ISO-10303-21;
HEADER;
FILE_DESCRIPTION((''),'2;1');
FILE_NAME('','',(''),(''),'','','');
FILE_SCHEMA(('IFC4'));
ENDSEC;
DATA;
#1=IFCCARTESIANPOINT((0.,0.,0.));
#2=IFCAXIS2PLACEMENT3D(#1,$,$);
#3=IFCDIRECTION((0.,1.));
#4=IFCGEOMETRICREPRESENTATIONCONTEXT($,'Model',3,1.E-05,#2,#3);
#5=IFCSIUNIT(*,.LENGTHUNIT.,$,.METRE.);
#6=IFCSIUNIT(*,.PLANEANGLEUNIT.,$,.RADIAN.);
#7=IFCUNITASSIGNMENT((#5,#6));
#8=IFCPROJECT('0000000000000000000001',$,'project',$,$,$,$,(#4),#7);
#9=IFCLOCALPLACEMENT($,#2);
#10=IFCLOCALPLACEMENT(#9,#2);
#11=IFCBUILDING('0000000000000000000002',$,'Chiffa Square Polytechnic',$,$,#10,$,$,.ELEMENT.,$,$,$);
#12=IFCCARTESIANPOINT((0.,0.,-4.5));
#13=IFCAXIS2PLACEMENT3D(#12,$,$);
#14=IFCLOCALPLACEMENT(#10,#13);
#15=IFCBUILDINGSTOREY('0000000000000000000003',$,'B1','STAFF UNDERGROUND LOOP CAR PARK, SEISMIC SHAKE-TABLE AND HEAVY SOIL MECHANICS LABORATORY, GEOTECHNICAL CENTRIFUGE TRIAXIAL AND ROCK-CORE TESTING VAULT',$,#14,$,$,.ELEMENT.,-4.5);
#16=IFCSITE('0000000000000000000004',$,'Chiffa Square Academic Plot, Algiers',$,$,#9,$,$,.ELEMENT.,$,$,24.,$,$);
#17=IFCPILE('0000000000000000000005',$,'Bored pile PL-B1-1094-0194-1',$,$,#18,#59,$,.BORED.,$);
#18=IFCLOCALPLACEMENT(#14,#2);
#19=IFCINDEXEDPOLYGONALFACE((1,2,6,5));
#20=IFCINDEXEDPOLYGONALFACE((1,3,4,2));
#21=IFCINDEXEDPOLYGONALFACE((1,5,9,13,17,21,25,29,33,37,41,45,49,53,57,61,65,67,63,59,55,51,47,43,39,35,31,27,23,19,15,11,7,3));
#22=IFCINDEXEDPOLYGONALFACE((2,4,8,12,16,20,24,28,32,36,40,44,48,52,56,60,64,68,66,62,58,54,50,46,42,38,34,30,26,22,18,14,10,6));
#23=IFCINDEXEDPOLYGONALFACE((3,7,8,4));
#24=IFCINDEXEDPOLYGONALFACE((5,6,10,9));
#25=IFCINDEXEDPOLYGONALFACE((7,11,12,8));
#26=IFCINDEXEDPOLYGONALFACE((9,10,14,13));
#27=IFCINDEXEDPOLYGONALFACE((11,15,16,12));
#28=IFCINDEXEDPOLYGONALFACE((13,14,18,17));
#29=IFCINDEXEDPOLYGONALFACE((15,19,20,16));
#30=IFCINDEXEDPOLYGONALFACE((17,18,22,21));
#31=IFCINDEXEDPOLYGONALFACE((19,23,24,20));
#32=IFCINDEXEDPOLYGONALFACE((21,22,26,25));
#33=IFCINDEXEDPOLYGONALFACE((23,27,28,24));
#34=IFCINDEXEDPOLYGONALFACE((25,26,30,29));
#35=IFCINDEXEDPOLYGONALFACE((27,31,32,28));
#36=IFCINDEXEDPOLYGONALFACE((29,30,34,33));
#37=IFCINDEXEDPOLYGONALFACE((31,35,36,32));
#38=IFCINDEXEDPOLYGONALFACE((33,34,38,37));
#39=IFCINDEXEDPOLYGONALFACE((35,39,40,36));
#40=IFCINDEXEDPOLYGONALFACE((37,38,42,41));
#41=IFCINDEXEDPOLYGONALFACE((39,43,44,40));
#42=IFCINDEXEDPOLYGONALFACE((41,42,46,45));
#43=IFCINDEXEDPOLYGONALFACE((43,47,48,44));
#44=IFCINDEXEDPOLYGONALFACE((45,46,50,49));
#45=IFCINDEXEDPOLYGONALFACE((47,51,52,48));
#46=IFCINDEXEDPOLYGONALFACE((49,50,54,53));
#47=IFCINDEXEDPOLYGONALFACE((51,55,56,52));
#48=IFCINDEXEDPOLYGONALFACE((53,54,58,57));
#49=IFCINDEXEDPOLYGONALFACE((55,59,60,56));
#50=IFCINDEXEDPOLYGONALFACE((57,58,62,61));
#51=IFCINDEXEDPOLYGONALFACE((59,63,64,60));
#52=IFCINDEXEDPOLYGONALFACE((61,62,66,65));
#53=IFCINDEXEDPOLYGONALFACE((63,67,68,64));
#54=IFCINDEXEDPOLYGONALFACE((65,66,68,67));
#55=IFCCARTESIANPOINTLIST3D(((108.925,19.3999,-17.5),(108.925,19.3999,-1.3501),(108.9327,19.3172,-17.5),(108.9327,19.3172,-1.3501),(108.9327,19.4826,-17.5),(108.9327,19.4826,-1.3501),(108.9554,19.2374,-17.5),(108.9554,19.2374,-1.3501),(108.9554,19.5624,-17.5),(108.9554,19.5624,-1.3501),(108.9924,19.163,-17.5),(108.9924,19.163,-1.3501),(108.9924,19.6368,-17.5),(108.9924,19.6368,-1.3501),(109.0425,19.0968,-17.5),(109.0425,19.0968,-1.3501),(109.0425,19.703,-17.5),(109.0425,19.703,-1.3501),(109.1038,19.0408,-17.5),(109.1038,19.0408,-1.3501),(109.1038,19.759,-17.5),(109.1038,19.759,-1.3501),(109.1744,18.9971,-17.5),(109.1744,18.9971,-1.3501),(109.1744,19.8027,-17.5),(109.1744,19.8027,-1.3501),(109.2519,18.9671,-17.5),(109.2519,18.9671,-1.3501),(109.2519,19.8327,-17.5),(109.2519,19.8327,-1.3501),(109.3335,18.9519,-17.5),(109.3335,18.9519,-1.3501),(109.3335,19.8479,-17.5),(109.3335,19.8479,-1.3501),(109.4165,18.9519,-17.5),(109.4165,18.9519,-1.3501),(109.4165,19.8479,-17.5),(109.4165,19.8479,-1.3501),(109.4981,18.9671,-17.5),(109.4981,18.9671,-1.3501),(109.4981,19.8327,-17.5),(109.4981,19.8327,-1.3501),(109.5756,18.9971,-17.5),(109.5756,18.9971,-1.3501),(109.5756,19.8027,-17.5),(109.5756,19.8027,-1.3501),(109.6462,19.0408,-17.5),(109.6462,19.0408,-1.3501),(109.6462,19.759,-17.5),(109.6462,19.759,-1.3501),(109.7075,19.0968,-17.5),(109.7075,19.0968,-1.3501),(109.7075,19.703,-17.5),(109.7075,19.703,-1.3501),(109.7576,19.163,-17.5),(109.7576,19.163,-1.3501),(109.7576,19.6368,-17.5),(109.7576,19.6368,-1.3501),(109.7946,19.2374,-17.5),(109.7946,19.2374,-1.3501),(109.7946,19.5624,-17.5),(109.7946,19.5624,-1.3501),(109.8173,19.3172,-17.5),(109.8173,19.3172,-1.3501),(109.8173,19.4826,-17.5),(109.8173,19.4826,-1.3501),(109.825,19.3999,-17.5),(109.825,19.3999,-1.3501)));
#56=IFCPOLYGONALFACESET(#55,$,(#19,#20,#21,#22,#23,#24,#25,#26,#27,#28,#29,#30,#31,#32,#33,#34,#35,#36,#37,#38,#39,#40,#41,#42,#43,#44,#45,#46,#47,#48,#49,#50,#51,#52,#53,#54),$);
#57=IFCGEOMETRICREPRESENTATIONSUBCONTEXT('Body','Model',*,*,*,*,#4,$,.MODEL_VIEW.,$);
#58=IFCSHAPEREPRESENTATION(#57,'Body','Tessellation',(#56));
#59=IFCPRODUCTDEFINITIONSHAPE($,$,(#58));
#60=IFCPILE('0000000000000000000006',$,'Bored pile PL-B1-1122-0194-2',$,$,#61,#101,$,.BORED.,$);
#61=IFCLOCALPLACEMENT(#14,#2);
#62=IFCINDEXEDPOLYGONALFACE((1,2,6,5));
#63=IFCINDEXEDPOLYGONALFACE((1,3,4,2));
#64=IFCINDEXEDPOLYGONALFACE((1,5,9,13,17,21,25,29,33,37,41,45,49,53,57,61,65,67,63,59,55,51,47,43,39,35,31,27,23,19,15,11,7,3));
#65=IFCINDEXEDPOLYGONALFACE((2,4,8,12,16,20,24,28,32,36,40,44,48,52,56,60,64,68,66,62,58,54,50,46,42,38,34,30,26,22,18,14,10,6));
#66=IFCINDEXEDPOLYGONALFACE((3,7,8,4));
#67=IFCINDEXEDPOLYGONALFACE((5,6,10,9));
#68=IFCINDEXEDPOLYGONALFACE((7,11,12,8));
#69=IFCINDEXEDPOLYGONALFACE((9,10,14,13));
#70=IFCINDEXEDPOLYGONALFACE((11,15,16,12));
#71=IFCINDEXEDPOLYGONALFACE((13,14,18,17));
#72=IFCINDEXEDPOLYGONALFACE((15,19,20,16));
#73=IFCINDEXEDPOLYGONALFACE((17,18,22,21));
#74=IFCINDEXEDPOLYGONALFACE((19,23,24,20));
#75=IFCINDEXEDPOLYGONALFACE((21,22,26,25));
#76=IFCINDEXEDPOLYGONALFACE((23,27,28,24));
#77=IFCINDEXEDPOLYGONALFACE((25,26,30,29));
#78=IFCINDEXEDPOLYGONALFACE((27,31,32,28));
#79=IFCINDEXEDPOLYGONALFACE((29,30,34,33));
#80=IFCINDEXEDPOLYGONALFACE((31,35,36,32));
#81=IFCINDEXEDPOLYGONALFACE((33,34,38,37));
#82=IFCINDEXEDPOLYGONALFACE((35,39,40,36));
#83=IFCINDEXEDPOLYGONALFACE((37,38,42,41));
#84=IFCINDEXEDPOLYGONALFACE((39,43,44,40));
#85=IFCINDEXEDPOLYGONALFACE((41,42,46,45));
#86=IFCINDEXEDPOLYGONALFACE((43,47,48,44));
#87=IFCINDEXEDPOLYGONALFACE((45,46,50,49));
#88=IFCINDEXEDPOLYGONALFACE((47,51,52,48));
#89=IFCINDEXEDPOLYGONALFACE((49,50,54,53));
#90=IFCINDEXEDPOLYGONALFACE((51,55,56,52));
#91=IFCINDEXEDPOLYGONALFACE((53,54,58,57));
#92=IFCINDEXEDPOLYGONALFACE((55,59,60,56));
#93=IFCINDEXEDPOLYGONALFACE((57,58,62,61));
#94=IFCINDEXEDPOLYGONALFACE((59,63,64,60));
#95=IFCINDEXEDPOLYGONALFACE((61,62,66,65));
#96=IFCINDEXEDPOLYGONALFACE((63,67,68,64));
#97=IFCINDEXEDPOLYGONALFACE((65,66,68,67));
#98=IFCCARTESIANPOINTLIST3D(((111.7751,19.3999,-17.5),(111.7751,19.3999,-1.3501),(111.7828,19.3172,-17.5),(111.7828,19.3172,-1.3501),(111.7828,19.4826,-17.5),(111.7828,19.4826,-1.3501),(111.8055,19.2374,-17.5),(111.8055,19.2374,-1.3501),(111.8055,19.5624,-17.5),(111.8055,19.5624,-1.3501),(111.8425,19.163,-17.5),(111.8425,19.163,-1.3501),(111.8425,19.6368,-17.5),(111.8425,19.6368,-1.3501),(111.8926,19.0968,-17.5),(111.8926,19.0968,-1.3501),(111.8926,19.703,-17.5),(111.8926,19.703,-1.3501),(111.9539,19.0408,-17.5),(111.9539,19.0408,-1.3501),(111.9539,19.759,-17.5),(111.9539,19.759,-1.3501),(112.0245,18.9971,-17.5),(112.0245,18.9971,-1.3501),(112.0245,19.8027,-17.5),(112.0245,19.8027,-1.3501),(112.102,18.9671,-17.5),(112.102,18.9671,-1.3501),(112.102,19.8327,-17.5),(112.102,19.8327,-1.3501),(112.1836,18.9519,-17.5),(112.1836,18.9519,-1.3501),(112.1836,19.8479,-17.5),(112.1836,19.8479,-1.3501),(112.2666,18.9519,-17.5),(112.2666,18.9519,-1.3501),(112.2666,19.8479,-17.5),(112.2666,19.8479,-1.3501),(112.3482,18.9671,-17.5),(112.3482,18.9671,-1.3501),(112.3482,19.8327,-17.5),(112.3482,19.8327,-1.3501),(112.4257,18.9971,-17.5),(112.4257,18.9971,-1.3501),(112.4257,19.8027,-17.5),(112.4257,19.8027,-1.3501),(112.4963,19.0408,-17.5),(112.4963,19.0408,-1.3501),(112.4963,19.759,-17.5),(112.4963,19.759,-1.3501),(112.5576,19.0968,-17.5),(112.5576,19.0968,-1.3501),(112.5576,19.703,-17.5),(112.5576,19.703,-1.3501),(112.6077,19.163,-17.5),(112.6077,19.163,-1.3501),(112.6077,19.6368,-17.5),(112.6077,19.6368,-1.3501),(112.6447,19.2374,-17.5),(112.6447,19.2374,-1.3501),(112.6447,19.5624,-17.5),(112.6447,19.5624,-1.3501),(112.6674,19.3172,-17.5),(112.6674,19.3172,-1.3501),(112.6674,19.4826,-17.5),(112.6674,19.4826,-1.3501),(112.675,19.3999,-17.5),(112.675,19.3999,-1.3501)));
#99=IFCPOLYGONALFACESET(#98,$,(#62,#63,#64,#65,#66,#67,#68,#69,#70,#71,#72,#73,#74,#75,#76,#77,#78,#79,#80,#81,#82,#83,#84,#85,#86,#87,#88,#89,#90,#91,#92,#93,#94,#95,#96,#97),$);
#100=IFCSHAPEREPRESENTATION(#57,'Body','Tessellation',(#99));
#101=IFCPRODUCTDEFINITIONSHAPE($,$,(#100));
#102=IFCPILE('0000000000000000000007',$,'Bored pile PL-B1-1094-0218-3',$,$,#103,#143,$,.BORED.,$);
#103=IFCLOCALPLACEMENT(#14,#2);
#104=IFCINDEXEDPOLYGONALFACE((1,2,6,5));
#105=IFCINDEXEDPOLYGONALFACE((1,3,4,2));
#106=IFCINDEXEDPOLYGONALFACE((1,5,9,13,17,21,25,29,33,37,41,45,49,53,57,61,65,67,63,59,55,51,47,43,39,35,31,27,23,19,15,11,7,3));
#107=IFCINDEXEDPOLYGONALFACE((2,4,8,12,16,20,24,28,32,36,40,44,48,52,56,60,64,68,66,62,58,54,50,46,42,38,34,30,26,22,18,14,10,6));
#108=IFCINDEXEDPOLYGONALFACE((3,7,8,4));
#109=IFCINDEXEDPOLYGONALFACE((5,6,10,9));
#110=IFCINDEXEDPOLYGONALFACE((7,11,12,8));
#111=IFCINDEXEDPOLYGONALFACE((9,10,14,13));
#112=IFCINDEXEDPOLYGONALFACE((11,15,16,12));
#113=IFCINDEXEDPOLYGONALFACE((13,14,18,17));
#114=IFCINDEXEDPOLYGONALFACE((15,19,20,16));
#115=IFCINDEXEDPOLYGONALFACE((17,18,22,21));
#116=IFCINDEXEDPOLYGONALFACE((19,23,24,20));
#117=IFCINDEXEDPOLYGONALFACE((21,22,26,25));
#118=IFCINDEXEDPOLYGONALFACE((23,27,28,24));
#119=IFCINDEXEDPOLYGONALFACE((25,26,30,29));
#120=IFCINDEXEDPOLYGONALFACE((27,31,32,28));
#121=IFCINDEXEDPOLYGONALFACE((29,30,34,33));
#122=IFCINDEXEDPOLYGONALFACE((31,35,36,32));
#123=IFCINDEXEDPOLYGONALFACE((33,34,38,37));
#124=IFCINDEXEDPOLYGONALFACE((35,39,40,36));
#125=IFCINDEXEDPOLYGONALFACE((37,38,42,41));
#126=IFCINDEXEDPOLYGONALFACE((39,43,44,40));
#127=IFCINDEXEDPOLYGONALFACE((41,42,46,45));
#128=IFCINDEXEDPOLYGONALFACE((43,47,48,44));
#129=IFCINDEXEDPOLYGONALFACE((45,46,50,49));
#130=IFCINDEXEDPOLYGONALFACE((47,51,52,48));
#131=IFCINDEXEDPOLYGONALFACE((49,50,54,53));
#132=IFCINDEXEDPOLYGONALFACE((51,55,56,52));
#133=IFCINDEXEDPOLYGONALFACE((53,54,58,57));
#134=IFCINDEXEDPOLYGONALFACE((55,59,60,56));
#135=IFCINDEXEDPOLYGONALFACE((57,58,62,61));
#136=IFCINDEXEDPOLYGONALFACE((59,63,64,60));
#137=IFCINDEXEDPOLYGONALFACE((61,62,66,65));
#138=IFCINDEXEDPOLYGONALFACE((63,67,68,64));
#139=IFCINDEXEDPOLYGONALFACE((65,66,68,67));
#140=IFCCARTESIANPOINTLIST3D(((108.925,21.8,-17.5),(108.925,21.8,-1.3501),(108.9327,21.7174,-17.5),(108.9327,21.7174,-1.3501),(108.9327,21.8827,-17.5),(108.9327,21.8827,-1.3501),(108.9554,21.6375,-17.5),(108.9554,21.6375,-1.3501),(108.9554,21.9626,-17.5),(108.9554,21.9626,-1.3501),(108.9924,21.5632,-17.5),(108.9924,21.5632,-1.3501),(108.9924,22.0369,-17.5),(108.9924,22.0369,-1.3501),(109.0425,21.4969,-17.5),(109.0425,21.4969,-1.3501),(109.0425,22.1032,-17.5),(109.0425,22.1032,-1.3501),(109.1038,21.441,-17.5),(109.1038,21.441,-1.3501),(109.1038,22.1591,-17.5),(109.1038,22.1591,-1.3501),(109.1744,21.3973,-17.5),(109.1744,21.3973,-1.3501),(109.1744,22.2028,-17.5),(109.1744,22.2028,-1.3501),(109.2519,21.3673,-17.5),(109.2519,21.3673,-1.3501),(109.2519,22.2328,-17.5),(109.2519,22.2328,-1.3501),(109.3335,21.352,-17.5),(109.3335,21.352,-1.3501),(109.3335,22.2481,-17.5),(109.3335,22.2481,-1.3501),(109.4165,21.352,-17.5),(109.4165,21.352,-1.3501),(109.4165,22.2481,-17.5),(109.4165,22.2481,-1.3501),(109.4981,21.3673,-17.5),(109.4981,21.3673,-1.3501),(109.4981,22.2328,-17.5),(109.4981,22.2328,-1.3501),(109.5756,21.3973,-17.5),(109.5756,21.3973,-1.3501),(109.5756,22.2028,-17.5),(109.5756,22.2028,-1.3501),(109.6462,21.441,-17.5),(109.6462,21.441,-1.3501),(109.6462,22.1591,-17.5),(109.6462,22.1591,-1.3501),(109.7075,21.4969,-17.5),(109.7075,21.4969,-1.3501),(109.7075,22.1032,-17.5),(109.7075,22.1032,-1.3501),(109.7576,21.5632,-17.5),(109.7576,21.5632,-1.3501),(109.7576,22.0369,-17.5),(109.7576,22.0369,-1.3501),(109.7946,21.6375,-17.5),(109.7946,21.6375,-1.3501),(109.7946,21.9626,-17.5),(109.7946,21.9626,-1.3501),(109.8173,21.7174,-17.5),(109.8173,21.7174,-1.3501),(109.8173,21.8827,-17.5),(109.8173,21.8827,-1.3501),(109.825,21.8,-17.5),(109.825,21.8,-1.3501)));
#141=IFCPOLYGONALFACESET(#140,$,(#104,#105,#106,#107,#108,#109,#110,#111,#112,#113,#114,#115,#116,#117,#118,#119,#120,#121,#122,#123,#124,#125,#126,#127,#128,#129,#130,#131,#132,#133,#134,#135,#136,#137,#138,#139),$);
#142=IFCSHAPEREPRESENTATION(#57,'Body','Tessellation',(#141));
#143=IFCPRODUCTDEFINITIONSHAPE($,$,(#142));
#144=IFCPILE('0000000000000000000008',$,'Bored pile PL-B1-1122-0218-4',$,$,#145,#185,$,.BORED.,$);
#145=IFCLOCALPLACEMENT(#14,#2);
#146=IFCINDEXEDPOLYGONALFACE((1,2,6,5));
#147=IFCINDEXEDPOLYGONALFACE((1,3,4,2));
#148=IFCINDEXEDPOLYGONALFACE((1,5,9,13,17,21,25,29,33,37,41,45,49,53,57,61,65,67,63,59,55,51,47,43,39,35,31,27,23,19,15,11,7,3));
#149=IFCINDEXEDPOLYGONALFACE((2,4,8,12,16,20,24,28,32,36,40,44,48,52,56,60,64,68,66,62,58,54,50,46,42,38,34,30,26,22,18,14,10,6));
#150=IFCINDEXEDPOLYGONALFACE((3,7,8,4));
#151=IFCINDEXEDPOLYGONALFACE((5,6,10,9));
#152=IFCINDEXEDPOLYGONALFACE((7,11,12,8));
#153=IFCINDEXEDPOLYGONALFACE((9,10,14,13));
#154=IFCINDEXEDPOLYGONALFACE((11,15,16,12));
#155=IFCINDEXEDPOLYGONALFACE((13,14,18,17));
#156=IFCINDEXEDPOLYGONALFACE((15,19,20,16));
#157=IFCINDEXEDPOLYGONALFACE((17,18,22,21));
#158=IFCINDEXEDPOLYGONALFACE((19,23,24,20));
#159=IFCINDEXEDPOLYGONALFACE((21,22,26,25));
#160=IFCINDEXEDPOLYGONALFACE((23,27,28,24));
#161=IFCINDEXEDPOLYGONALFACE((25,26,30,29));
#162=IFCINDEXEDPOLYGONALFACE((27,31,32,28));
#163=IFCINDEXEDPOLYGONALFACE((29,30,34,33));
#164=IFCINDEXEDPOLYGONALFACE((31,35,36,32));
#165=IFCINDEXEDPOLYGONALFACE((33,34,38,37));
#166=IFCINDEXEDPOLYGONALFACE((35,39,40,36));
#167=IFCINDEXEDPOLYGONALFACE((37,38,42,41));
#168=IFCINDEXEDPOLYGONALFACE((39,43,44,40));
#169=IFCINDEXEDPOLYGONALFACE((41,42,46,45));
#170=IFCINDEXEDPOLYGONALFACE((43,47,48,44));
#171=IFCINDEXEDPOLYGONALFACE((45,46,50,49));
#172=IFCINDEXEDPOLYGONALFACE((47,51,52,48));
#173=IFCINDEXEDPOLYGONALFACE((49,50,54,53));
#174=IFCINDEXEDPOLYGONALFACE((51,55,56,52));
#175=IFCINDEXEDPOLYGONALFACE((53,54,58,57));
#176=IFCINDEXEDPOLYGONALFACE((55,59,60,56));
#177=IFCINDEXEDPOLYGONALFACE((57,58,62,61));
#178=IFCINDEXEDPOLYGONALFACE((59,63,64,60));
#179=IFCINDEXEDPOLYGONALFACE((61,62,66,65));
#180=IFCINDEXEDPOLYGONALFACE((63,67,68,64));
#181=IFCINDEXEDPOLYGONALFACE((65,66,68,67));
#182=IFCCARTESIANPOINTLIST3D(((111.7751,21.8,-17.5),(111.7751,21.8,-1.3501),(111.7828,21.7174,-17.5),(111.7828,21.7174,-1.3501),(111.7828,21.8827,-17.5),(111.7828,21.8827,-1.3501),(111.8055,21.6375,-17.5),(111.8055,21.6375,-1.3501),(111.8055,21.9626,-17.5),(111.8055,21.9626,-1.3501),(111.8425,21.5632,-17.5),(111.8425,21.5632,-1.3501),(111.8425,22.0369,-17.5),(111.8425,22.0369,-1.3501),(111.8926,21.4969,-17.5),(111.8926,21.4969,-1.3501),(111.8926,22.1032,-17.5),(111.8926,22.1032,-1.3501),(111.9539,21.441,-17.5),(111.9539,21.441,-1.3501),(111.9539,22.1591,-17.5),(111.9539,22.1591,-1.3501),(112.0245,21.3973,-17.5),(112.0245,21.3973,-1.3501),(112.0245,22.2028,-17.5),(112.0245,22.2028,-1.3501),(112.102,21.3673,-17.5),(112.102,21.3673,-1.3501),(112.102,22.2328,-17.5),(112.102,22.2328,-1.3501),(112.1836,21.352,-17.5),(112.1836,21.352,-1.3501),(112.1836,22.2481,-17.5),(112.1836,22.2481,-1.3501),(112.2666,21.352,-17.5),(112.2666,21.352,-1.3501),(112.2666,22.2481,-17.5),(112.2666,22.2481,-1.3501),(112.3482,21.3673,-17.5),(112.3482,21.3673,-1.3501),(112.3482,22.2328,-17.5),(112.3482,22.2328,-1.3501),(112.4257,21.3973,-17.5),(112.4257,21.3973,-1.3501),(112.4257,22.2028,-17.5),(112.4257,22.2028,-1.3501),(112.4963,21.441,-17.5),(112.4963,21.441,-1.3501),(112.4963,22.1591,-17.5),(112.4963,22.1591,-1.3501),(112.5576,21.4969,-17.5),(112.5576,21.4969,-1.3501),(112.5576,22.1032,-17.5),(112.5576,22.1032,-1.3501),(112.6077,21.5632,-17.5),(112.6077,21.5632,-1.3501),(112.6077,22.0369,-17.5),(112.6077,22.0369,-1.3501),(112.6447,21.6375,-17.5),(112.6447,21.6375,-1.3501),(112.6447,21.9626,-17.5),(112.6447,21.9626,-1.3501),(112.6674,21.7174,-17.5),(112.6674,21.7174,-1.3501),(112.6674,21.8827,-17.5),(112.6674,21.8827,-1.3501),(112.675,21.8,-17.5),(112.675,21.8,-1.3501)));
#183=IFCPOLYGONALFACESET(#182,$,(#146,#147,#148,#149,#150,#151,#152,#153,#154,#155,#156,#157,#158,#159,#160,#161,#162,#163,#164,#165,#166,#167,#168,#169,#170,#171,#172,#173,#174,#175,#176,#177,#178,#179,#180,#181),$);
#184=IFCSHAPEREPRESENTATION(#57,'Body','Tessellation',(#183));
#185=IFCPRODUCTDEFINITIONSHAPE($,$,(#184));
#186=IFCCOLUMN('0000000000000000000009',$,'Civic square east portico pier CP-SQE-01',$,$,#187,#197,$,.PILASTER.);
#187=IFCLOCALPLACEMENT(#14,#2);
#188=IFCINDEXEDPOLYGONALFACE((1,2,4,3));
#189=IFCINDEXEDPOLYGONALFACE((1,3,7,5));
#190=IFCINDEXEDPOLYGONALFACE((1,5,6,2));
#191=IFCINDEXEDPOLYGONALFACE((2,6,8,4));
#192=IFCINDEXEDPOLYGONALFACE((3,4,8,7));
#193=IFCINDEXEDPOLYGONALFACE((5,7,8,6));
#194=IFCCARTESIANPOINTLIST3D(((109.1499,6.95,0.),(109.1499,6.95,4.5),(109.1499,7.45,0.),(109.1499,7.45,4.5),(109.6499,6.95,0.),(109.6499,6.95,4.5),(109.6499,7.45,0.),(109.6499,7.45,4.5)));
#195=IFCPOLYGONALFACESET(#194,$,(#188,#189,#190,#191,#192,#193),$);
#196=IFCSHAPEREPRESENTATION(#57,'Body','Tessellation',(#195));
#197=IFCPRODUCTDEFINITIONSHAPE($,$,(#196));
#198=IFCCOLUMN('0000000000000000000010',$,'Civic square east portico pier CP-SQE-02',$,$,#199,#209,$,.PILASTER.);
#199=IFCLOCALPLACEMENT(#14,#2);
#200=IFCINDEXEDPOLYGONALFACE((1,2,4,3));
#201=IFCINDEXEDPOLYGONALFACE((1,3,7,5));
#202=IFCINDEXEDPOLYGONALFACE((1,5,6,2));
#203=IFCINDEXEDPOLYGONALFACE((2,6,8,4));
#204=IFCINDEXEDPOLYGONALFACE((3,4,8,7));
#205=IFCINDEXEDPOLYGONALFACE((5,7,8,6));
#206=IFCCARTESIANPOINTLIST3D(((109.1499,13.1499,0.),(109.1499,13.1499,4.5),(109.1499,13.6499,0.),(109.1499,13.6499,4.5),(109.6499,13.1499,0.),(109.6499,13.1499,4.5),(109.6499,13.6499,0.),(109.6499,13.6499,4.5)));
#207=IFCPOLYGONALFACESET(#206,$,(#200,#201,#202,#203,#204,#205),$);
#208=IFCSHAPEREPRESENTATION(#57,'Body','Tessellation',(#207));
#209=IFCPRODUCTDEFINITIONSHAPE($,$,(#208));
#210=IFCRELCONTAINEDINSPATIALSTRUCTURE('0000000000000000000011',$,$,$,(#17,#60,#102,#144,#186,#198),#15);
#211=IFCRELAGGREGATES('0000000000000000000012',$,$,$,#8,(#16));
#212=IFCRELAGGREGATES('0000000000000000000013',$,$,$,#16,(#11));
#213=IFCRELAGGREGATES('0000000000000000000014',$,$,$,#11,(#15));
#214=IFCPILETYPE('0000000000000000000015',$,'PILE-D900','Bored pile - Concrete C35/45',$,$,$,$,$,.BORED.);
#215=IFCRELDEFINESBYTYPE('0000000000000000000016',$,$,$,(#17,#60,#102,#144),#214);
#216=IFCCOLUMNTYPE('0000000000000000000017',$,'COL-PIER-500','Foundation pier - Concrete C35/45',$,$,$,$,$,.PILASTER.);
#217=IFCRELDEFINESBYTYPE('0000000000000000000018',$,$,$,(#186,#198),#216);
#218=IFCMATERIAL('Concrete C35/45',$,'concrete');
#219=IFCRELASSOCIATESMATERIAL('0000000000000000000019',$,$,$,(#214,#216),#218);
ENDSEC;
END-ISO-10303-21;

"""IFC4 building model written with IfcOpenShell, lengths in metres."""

from ifc_helpers import new_model, si_unit, direction, frame, origin, origin_2d, place, context, subcontext, project, spatial, rectangle, circle, extrude, material, material_profile, profile_set, type_object, element, save


model = new_model("IFC4")

# Units and contexts
model_context = context("Model", 3, precision=1e-05, world=origin(), true_north=direction((0.0, 1.0)))
body_context = subcontext(model_context, "Body", "Model", "MODEL_VIEW")
ifc_project = project(units=[si_unit("LENGTHUNIT", "METRE"), si_unit("PLANEANGLEUNIT", "RADIAN")], contexts=[model_context])

# Site, building, storey
site_placement = place(None, origin())
site = spatial("IfcSite", under=ifc_project, at=site_placement, Name="Chiffa Square Academic Plot, Algiers", CompositionType="ELEMENT", RefElevation=24.0)
building_placement = place(site_placement, origin())
building = spatial("IfcBuilding", under=site, at=building_placement, Name="Chiffa Square Polytechnic", CompositionType="ELEMENT")
storey_placement = place(building_placement, frame((0.0, 0.0, -4.5)))
storey = spatial("IfcBuildingStorey", under=building, at=storey_placement, Name="B1", Description="STAFF UNDERGROUND LOOP CAR PARK, SEISMIC SHAKE-TABLE AND HEAVY SOIL MECHANICS LABORATORY, GEOTECHNICAL CENTRIFUGE TRIAXIAL AND ROCK-CORE TESTING VAULT", CompositionType="ELEMENT", Elevation=-4.5)

# Shared definitions
ifc_material_1 = material(Name="Concrete C35/45", Category="concrete")

# Piles
ifc_material_profile_1 = material_profile(ifc_material_1, circle(Radius=0.45, at=origin_2d()), Name="PILE D900")
ifc_profile_set_1 = profile_set([ifc_material_profile_1], Name="Concrete C35/45")
pile_type_1 = type_object("IfcPileType", Name="PILE-D900", Description="Bored pile - Concrete C35/45", PredefinedType="BORED", material=ifc_profile_set_1)
for number, where, z_axis, x_axis, name in (
    (1, (109.375, 19.3999, -1.3501), (0.0, 0.0, -1.0), (1.0, 0.0, 0.0), "Bored pile PL-B1-1094-0194-1"),
    (2, (112.2251, 19.3999, -1.3501), (0.0, 0.0, -1.0), (1.0, 0.0, 0.0), "Bored pile PL-B1-1122-0194-2"),
    (3, (109.375, 21.8, -1.3501), (0.0, 0.0, -1.0), (1.0, 0.0, 0.0), "Bored pile PL-B1-1094-0218-3"),
    (4, (112.2251, 21.8, -1.3501), (0.0, 0.0, -1.0), (1.0, 0.0, 0.0), "Bored pile PL-B1-1122-0218-4"),
):
    element("IfcPile", number, at=place(storey_placement, frame(where, z_axis=z_axis, x_axis=x_axis)), inside=storey, type_object=pile_type_1, Name=name, PredefinedType="BORED", context=body_context, shape_type="SweptSolid", body=[
        extrude(circle(Radius=0.45, at=origin_2d()), origin(), (0.0, 0.0, 1.0), 16.1499),
    ])

# Columns
ifc_material_profile_2 = material_profile(ifc_material_1, rectangle(XDim=0.5, YDim=0.5, at=origin_2d()), Name="RC 500x500")
ifc_profile_set_2 = profile_set([ifc_material_profile_2], Name="Concrete C35/45")
column_type_1 = type_object("IfcColumnType", Name="COL-PIER-500", Description="Foundation pier - Concrete C35/45", PredefinedType="PILASTER", material=ifc_profile_set_2)
for number, where, z_axis, x_axis, name in (
    (5, (109.3999, 7.2, 0.0), (0.0, 0.0, 1.0), (1.0, 0.0, 0.0), "Civic square east portico pier CP-SQE-01"),
    (6, (109.3999, 13.3999, 0.0), (0.0, 0.0, 1.0), (1.0, 0.0, 0.0), "Civic square east portico pier CP-SQE-02"),
):
    element("IfcColumn", number, at=place(storey_placement, frame(where, z_axis=z_axis, x_axis=x_axis)), inside=storey, type_object=column_type_1, Name=name, PredefinedType="PILASTER", context=body_context, shape_type="SweptSolid", body=[
        extrude(rectangle(XDim=0.5, YDim=0.5, at=origin_2d()), origin(), (0.0, 0.0, 1.0), 4.5),
    ])

save(model, "model.ifc")
